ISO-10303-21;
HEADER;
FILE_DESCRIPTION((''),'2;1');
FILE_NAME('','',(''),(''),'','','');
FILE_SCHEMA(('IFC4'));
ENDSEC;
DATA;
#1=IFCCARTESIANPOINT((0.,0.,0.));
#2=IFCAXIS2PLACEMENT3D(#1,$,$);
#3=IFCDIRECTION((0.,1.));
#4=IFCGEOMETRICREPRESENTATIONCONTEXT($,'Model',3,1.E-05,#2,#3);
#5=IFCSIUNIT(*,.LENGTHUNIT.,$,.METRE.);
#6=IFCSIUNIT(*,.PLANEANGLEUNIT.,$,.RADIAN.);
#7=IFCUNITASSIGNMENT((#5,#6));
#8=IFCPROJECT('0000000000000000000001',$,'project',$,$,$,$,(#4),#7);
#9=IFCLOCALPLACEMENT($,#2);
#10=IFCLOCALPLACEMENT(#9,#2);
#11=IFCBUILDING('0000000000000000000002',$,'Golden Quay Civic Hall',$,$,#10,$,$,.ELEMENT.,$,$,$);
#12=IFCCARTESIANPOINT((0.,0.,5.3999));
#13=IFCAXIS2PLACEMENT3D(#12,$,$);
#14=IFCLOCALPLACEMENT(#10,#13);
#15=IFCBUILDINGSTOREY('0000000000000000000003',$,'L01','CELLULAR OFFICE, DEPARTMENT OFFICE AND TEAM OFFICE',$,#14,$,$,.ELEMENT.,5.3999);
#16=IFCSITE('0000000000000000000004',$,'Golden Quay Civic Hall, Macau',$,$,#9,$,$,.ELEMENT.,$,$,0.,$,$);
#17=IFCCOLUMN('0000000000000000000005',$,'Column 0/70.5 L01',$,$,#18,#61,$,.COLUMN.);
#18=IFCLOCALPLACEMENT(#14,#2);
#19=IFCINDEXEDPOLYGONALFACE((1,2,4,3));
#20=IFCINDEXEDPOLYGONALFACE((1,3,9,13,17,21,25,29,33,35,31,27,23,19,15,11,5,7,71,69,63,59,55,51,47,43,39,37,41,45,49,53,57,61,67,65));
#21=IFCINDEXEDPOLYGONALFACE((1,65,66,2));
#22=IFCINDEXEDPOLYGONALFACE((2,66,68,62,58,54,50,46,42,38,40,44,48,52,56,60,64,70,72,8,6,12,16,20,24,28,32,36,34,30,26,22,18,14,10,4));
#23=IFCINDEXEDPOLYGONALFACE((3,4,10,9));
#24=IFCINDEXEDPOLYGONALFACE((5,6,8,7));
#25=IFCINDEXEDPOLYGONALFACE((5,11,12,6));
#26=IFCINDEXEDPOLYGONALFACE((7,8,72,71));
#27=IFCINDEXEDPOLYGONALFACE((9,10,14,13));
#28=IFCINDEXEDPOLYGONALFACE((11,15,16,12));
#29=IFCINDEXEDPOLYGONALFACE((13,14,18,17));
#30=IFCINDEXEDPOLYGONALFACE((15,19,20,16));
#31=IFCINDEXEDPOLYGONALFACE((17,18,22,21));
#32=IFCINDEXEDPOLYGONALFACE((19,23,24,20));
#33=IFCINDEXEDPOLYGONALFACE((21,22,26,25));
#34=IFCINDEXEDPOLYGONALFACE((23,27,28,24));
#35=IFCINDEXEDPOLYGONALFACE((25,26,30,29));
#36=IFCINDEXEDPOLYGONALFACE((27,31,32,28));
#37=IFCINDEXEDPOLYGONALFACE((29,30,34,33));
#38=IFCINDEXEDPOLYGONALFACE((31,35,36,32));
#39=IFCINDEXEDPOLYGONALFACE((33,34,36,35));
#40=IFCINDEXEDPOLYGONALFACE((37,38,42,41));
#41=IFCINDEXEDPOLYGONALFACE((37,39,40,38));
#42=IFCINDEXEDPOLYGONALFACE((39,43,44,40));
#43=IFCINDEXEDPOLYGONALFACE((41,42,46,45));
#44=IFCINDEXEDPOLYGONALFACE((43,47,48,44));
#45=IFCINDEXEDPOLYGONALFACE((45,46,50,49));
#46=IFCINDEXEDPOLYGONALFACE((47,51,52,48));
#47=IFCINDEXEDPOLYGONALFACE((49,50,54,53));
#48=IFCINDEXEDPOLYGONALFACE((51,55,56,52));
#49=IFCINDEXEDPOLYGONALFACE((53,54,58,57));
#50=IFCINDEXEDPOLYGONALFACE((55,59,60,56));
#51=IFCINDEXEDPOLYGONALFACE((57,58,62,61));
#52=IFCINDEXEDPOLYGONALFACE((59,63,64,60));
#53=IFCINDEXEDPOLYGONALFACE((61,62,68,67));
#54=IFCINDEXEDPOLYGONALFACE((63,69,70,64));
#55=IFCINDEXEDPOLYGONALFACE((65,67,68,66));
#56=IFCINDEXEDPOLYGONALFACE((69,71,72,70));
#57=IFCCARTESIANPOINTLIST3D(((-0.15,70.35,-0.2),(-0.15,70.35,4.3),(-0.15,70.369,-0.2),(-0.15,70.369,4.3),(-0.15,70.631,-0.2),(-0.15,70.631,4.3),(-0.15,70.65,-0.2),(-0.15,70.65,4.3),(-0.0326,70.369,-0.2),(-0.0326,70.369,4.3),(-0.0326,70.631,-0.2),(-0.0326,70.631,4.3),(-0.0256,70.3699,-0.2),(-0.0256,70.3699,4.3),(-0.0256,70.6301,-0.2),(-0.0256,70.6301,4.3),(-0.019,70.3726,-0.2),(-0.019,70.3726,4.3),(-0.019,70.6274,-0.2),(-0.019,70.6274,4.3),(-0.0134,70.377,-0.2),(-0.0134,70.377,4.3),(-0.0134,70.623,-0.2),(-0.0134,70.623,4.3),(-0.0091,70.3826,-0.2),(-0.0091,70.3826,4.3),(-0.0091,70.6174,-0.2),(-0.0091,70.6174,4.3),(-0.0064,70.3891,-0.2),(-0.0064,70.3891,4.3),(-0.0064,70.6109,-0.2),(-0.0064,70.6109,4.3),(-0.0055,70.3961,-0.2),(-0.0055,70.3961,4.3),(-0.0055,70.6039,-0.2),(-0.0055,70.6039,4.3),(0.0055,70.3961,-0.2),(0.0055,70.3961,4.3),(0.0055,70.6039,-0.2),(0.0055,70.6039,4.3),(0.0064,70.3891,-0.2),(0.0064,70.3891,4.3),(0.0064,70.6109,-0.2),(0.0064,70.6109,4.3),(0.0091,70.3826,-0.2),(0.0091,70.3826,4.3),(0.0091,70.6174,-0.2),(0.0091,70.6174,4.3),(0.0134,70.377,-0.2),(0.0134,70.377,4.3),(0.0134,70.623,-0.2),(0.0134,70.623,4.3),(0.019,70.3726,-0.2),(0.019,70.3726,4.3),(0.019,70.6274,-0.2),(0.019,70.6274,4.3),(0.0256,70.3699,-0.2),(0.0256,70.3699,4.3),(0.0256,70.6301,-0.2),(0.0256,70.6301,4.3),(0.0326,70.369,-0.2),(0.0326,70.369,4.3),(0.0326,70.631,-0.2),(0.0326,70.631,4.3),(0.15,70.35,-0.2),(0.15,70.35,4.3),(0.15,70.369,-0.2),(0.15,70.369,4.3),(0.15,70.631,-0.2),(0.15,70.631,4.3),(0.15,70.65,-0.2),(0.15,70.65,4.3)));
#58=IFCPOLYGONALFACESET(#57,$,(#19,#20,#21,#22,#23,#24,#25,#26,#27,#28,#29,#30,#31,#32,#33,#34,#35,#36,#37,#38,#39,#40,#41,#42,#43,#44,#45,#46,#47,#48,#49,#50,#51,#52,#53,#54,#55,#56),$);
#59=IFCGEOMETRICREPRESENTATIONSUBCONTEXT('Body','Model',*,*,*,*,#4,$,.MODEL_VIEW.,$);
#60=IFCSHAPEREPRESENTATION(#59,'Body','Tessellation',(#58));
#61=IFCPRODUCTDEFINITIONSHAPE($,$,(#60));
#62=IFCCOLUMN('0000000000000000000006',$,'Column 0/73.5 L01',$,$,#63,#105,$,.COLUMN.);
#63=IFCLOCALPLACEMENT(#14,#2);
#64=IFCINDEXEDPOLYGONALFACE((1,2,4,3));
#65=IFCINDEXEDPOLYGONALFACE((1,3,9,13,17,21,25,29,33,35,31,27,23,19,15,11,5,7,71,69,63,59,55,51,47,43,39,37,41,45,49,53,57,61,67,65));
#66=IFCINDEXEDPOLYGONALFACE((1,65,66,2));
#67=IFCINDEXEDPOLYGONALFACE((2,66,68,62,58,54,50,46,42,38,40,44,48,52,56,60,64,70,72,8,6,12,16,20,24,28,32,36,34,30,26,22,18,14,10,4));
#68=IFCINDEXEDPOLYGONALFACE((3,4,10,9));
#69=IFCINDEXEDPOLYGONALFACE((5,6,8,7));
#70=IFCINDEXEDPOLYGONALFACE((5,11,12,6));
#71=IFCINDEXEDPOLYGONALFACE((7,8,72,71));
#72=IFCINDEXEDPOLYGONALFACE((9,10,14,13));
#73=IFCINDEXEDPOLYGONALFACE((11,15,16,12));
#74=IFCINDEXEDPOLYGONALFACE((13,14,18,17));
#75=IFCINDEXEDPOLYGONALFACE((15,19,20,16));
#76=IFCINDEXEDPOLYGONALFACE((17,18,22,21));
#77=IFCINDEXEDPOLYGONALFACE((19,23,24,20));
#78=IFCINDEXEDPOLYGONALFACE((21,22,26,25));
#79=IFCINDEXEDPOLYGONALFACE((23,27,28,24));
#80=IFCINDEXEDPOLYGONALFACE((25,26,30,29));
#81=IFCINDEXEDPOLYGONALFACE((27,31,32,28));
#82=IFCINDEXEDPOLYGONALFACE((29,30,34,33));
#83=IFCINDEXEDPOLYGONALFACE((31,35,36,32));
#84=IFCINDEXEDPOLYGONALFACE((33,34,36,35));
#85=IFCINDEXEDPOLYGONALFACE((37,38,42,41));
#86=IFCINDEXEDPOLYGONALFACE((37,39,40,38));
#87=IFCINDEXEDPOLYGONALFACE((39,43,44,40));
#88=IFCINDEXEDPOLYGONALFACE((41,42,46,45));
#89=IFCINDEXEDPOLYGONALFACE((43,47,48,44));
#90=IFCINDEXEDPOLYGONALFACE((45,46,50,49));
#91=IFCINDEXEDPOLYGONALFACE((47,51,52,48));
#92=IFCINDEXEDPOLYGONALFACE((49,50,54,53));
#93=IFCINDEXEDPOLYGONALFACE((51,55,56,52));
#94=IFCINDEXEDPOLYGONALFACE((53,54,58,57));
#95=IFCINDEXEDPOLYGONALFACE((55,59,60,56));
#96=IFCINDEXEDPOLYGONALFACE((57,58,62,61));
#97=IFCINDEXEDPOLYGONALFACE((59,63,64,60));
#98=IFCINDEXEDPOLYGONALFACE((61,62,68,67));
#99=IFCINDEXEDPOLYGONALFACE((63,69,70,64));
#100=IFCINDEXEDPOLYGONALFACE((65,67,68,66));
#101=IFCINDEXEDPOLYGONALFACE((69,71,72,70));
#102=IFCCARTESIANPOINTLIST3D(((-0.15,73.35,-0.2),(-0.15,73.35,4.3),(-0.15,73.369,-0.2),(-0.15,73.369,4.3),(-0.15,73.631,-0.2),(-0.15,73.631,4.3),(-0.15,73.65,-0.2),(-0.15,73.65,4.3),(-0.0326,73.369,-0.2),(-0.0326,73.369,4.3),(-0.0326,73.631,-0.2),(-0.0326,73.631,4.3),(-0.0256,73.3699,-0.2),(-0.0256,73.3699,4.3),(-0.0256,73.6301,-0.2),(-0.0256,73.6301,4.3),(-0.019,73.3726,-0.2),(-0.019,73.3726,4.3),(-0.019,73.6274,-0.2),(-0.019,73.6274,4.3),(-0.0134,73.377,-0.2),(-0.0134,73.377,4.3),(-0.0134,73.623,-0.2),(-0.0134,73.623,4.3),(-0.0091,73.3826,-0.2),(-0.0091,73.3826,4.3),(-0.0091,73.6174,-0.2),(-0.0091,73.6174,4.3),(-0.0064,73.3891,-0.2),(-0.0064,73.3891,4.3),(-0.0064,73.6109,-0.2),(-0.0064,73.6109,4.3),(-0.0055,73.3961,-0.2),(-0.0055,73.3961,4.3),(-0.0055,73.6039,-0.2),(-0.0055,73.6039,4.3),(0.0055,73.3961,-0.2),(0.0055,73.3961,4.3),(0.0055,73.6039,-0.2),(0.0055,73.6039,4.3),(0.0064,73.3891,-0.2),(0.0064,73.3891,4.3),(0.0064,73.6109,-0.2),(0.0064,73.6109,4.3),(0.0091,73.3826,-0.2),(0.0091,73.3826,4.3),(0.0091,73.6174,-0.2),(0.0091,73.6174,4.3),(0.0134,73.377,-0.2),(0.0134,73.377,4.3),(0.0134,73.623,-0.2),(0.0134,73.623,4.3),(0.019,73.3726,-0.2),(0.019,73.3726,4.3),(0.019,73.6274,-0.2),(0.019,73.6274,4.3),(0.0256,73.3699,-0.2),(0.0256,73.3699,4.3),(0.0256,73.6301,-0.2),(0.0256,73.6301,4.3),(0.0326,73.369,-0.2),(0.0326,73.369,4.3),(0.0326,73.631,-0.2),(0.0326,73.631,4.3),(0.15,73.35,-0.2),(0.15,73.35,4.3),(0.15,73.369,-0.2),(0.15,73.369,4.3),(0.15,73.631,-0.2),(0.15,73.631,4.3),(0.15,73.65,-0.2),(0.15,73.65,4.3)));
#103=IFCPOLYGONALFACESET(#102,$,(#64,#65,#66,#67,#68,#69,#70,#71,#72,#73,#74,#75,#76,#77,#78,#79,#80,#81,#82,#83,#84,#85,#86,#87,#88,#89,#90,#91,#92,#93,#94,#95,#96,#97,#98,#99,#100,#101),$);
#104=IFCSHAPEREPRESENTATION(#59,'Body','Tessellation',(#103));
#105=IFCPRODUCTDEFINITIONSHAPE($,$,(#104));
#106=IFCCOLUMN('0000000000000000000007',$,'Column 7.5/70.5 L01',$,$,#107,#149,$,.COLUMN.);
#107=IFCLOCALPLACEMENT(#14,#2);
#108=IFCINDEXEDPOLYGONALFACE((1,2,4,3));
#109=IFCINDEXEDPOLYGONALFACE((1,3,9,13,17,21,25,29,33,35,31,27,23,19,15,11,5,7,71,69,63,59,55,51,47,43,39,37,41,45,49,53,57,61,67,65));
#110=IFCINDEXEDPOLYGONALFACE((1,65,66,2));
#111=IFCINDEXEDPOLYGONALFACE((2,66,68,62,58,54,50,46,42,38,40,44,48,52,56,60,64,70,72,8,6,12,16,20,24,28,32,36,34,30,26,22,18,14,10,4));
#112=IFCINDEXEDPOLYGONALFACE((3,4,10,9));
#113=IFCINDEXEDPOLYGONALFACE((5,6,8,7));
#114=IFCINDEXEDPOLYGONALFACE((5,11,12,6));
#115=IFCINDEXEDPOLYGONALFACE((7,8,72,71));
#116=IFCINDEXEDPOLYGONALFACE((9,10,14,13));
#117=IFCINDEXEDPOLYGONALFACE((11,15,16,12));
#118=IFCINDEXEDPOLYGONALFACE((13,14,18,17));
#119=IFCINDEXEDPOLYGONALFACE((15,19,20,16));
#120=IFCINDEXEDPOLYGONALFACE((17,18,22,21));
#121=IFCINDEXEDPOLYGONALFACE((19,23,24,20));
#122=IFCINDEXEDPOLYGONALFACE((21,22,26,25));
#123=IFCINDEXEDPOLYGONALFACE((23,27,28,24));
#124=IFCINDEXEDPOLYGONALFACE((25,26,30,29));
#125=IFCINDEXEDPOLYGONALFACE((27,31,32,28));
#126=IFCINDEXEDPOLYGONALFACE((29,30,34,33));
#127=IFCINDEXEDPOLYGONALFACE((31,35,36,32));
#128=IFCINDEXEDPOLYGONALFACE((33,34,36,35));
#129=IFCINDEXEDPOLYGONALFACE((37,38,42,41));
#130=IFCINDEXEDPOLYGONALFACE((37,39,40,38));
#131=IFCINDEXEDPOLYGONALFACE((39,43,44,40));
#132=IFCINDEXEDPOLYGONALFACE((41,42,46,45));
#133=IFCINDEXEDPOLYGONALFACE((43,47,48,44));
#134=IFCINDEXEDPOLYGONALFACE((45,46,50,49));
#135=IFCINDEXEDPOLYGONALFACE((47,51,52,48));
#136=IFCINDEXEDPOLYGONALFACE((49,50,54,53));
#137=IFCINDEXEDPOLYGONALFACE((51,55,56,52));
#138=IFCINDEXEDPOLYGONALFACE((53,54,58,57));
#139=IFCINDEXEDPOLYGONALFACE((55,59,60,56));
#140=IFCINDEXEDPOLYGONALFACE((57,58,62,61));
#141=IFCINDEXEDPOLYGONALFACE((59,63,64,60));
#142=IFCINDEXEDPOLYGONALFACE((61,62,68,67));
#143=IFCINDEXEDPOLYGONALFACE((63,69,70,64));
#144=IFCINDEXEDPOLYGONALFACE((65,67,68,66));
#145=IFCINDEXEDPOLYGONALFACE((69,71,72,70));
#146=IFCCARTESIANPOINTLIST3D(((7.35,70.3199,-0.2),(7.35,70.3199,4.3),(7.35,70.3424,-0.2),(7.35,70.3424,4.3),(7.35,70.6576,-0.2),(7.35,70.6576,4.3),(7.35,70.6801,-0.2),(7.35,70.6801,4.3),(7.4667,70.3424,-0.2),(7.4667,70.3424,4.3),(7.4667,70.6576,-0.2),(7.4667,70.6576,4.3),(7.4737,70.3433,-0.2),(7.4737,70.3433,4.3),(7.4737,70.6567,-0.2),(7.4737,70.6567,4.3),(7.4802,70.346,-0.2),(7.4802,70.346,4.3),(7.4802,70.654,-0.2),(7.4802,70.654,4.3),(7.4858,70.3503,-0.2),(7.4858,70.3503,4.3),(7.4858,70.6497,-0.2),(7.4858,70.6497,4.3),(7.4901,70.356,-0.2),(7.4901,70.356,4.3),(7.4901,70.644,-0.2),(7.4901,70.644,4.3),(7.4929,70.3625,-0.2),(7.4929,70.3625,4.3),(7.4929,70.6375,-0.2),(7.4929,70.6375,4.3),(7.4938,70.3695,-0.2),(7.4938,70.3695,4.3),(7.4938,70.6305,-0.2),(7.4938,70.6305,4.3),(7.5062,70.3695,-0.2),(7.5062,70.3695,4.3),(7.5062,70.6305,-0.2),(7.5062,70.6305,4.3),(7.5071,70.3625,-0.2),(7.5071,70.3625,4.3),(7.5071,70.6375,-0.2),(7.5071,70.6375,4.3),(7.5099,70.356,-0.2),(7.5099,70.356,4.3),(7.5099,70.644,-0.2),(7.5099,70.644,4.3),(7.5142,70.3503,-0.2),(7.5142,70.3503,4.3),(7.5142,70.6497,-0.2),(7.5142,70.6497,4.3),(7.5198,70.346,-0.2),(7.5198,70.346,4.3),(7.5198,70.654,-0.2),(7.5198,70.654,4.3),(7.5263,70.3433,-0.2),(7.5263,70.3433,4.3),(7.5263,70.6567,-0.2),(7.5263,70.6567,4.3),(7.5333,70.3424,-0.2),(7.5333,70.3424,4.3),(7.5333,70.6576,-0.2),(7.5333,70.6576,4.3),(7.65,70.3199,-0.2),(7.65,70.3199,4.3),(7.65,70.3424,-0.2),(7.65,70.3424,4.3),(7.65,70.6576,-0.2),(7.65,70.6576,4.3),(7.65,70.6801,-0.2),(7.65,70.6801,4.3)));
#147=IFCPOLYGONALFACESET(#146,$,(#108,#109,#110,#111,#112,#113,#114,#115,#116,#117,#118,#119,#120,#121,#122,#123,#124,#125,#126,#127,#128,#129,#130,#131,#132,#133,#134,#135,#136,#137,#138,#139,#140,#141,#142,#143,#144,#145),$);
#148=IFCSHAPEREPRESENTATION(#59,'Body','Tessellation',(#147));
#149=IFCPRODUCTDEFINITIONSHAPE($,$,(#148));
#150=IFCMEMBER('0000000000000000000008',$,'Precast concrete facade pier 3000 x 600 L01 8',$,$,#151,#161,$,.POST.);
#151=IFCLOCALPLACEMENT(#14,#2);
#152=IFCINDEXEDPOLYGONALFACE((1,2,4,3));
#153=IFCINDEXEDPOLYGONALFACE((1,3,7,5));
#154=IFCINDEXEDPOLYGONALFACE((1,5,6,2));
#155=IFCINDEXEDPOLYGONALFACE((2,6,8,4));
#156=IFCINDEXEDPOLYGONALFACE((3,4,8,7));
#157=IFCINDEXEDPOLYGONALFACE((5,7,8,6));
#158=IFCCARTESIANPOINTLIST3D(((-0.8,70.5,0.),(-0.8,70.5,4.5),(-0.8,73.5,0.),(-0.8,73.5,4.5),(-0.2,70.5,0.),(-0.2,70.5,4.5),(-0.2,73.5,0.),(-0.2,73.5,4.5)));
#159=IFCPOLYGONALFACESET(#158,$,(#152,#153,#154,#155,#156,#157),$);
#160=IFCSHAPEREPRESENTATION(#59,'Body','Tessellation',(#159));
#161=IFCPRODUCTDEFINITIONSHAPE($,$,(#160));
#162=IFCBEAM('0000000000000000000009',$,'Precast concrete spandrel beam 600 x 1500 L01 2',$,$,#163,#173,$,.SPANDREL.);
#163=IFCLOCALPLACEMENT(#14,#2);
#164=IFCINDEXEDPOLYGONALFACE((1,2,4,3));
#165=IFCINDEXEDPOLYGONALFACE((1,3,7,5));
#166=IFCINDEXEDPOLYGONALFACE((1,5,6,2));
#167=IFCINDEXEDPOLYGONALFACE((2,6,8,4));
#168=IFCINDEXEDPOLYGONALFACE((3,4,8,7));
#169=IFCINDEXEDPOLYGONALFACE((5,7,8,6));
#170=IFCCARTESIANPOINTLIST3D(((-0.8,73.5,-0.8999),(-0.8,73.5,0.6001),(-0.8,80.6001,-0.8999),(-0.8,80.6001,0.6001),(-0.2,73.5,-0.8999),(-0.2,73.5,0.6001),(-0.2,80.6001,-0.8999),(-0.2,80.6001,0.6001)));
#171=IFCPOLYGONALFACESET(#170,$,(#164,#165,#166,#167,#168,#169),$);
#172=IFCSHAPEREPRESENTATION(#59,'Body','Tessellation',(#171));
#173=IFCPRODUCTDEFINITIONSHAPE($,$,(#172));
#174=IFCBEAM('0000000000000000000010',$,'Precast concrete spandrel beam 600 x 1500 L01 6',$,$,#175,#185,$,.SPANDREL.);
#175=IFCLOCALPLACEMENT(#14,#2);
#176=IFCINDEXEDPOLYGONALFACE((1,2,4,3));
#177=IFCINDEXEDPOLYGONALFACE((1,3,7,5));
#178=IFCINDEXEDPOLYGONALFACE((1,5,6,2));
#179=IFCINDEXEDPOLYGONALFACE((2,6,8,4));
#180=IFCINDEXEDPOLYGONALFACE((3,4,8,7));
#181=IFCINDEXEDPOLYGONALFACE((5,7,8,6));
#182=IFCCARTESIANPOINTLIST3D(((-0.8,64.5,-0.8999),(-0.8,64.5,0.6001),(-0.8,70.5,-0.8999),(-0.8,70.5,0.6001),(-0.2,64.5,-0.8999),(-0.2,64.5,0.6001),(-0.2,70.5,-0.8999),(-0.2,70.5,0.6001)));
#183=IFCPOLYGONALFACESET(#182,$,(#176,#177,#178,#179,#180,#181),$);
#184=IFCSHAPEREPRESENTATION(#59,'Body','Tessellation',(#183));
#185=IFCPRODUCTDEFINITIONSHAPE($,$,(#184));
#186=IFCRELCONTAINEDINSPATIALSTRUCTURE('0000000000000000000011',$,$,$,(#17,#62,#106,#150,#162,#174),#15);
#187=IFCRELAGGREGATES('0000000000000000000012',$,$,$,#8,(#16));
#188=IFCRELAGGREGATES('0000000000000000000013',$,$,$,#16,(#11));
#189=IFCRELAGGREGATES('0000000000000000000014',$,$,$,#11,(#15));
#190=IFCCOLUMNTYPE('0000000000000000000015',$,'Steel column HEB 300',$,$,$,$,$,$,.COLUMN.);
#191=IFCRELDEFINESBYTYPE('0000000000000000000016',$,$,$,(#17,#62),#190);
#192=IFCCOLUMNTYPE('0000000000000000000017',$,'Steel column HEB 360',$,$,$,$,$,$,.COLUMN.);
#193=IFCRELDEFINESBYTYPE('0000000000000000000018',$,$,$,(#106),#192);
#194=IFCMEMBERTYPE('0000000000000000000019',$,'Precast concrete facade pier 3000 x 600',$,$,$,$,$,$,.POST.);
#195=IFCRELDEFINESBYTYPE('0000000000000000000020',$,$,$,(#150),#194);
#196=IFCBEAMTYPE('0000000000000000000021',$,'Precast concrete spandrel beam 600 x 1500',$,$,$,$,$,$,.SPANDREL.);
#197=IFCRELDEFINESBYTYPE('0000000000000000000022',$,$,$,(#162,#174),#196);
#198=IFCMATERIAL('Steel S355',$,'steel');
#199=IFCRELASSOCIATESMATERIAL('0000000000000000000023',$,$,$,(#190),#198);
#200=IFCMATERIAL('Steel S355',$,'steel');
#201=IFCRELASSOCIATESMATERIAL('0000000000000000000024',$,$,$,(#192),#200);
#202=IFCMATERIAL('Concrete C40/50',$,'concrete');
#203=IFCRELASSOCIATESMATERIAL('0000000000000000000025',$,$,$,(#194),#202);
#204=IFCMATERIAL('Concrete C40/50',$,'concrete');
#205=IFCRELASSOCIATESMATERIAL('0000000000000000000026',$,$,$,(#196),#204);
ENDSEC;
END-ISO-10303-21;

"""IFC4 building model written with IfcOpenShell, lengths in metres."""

from ifc_helpers import new_model, si_unit, direction, frame, origin, origin_2d, place, context, subcontext, project, spatial, rectangle, i_section, extrude, material, material_profile, profile_set, type_object, element, save


model = new_model("IFC4")

# Units and contexts
model_context = context("Model", 3, precision=1e-05, world=origin(), true_north=direction((0.0, 1.0)))
body_context = subcontext(model_context, "Body", "Model", "MODEL_VIEW")
ifc_project = project(units=[si_unit("LENGTHUNIT", "METRE"), si_unit("PLANEANGLEUNIT", "RADIAN")], contexts=[model_context])

# Site, building, storey
site_placement = place(None, origin())
site = spatial("IfcSite", under=ifc_project, at=site_placement, Name="Golden Quay Civic Hall, Macau", CompositionType="ELEMENT", RefElevation=0.0)
building_placement = place(site_placement, origin())
building = spatial("IfcBuilding", under=site, at=building_placement, Name="Golden Quay Civic Hall", CompositionType="ELEMENT")
storey_placement = place(building_placement, frame((0.0, 0.0, 5.3999)))
storey = spatial("IfcBuildingStorey", under=building, at=storey_placement, Name="L01", Description="CELLULAR OFFICE, DEPARTMENT OFFICE AND TEAM OFFICE", CompositionType="ELEMENT", Elevation=5.3999)

# Columns
ifc_material_1 = material(Name="Steel S355", Category="steel")
ifc_material_profile_1 = material_profile(ifc_material_1, i_section(OverallWidth=0.3, OverallDepth=0.3, WebThickness=0.011, FlangeThickness=0.019, FilletRadius=0.0271, at=origin_2d()), Name="HEB 300")
ifc_profile_set_1 = profile_set([ifc_material_profile_1], Name="Steel S355")
column_type_1 = type_object("IfcColumnType", Name="Steel column HEB 300", PredefinedType="COLUMN", material=ifc_profile_set_1)
for number, where, z_axis, x_axis, name in (
    (1, (0.0, 70.5, -0.2), (0.0, 0.0, 1.0), (1.0, 0.0, 0.0), "Column 0/70.5 L01"),
    (2, (0.0, 73.5, -0.2), (0.0, 0.0, 1.0), (1.0, 0.0, 0.0), "Column 0/73.5 L01"),
):
    element("IfcColumn", number, at=place(storey_placement, frame(where, z_axis=z_axis, x_axis=x_axis)), inside=storey, type_object=column_type_1, Name=name, PredefinedType="COLUMN", context=body_context, shape_type="SweptSolid", body=[
        extrude(i_section(OverallWidth=0.3, OverallDepth=0.3, WebThickness=0.011, FlangeThickness=0.019, FilletRadius=0.0271, at=origin_2d()), origin(), (0.0, 0.0, 1.0), 4.5),
    ])
ifc_material_2 = material(Name="Steel S355", Category="steel")
ifc_material_profile_2 = material_profile(ifc_material_2, i_section(OverallWidth=0.3, OverallDepth=0.3601, WebThickness=0.0125, FlangeThickness=0.0225, FilletRadius=0.0271, at=origin_2d()), Name="HEB 360")
ifc_profile_set_2 = profile_set([ifc_material_profile_2], Name="Steel S355")
column_type_2 = type_object("IfcColumnType", Name="Steel column HEB 360", PredefinedType="COLUMN", material=ifc_profile_set_2)
column_placement = place(storey_placement, frame((7.5, 70.5, -0.2), z_axis=(0.0, 0.0, 1.0), x_axis=(1.0, 0.0, 0.0)))
element("IfcColumn", 3, at=column_placement, inside=storey, type_object=column_type_2, Name="Column 7.5/70.5 L01", PredefinedType="COLUMN", context=body_context, shape_type="SweptSolid", body=[
    extrude(i_section(OverallWidth=0.3, OverallDepth=0.3601, WebThickness=0.0125, FlangeThickness=0.0225, FilletRadius=0.0271, at=origin_2d()), origin(), (0.0, 0.0, 1.0), 4.5),
])

# Member
ifc_material_3 = material(Name="Concrete C40/50", Category="concrete")
ifc_material_profile_3 = material_profile(ifc_material_3, rectangle(XDim=3.0, YDim=0.6001, at=origin_2d()), Name="RC 3000x600")
ifc_profile_set_3 = profile_set([ifc_material_profile_3], Name="Concrete C40/50")
member_type = type_object("IfcMemberType", Name="Precast concrete facade pier 3000 x 600", PredefinedType="POST", material=ifc_profile_set_3)
member_placement = place(storey_placement, frame((-0.5, 72.0, 0.0), z_axis=(0.0, 0.0, 1.0), x_axis=(0.0, 1.0, 0.0)))
element("IfcMember", 4, at=member_placement, inside=storey, type_object=member_type, Name="Precast concrete facade pier 3000 x 600 L01 8", PredefinedType="POST", context=body_context, shape_type="SweptSolid", body=[
    extrude(rectangle(XDim=3.0, YDim=0.6001, at=origin_2d()), origin(), (0.0, 0.0, 1.0), 4.5),
])

# Beams
ifc_material_4 = material(Name="Concrete C40/50", Category="concrete")
ifc_material_profile_4 = material_profile(ifc_material_4, rectangle(XDim=0.6001, YDim=1.5, at=origin_2d()), Name="RC 600x1500")
ifc_profile_set_4 = profile_set([ifc_material_profile_4], Name="Concrete C40/50")
beam_type_1 = type_object("IfcBeamType", Name="Precast concrete spandrel beam 600 x 1500", PredefinedType="SPANDREL", material=ifc_profile_set_4)
beam_1_placement = place(storey_placement, frame((-0.5, 73.5, -0.1499), z_axis=(0.0, 1.0, 0.0), x_axis=(-1.0, 0.0, 0.0)))
element("IfcBeam", 5, at=beam_1_placement, inside=storey, type_object=beam_type_1, Name="Precast concrete spandrel beam 600 x 1500 L01 2", PredefinedType="SPANDREL", context=body_context, shape_type="SweptSolid", body=[
    extrude(rectangle(XDim=0.6001, YDim=1.5, at=origin_2d()), origin(), (0.0, 0.0, 1.0), 7.1001),
])
beam_2_placement = place(storey_placement, frame((-0.5, 64.5, -0.1499), z_axis=(0.0, 1.0, 0.0), x_axis=(-1.0, 0.0, 0.0)))
element("IfcBeam", 6, at=beam_2_placement, inside=storey, type_object=beam_type_1, Name="Precast concrete spandrel beam 600 x 1500 L01 6", PredefinedType="SPANDREL", context=body_context, shape_type="SweptSolid", body=[
    extrude(rectangle(XDim=0.6001, YDim=1.5, at=origin_2d()), origin(), (0.0, 0.0, 1.0), 6.0),
])

save(model, "model.ifc")
